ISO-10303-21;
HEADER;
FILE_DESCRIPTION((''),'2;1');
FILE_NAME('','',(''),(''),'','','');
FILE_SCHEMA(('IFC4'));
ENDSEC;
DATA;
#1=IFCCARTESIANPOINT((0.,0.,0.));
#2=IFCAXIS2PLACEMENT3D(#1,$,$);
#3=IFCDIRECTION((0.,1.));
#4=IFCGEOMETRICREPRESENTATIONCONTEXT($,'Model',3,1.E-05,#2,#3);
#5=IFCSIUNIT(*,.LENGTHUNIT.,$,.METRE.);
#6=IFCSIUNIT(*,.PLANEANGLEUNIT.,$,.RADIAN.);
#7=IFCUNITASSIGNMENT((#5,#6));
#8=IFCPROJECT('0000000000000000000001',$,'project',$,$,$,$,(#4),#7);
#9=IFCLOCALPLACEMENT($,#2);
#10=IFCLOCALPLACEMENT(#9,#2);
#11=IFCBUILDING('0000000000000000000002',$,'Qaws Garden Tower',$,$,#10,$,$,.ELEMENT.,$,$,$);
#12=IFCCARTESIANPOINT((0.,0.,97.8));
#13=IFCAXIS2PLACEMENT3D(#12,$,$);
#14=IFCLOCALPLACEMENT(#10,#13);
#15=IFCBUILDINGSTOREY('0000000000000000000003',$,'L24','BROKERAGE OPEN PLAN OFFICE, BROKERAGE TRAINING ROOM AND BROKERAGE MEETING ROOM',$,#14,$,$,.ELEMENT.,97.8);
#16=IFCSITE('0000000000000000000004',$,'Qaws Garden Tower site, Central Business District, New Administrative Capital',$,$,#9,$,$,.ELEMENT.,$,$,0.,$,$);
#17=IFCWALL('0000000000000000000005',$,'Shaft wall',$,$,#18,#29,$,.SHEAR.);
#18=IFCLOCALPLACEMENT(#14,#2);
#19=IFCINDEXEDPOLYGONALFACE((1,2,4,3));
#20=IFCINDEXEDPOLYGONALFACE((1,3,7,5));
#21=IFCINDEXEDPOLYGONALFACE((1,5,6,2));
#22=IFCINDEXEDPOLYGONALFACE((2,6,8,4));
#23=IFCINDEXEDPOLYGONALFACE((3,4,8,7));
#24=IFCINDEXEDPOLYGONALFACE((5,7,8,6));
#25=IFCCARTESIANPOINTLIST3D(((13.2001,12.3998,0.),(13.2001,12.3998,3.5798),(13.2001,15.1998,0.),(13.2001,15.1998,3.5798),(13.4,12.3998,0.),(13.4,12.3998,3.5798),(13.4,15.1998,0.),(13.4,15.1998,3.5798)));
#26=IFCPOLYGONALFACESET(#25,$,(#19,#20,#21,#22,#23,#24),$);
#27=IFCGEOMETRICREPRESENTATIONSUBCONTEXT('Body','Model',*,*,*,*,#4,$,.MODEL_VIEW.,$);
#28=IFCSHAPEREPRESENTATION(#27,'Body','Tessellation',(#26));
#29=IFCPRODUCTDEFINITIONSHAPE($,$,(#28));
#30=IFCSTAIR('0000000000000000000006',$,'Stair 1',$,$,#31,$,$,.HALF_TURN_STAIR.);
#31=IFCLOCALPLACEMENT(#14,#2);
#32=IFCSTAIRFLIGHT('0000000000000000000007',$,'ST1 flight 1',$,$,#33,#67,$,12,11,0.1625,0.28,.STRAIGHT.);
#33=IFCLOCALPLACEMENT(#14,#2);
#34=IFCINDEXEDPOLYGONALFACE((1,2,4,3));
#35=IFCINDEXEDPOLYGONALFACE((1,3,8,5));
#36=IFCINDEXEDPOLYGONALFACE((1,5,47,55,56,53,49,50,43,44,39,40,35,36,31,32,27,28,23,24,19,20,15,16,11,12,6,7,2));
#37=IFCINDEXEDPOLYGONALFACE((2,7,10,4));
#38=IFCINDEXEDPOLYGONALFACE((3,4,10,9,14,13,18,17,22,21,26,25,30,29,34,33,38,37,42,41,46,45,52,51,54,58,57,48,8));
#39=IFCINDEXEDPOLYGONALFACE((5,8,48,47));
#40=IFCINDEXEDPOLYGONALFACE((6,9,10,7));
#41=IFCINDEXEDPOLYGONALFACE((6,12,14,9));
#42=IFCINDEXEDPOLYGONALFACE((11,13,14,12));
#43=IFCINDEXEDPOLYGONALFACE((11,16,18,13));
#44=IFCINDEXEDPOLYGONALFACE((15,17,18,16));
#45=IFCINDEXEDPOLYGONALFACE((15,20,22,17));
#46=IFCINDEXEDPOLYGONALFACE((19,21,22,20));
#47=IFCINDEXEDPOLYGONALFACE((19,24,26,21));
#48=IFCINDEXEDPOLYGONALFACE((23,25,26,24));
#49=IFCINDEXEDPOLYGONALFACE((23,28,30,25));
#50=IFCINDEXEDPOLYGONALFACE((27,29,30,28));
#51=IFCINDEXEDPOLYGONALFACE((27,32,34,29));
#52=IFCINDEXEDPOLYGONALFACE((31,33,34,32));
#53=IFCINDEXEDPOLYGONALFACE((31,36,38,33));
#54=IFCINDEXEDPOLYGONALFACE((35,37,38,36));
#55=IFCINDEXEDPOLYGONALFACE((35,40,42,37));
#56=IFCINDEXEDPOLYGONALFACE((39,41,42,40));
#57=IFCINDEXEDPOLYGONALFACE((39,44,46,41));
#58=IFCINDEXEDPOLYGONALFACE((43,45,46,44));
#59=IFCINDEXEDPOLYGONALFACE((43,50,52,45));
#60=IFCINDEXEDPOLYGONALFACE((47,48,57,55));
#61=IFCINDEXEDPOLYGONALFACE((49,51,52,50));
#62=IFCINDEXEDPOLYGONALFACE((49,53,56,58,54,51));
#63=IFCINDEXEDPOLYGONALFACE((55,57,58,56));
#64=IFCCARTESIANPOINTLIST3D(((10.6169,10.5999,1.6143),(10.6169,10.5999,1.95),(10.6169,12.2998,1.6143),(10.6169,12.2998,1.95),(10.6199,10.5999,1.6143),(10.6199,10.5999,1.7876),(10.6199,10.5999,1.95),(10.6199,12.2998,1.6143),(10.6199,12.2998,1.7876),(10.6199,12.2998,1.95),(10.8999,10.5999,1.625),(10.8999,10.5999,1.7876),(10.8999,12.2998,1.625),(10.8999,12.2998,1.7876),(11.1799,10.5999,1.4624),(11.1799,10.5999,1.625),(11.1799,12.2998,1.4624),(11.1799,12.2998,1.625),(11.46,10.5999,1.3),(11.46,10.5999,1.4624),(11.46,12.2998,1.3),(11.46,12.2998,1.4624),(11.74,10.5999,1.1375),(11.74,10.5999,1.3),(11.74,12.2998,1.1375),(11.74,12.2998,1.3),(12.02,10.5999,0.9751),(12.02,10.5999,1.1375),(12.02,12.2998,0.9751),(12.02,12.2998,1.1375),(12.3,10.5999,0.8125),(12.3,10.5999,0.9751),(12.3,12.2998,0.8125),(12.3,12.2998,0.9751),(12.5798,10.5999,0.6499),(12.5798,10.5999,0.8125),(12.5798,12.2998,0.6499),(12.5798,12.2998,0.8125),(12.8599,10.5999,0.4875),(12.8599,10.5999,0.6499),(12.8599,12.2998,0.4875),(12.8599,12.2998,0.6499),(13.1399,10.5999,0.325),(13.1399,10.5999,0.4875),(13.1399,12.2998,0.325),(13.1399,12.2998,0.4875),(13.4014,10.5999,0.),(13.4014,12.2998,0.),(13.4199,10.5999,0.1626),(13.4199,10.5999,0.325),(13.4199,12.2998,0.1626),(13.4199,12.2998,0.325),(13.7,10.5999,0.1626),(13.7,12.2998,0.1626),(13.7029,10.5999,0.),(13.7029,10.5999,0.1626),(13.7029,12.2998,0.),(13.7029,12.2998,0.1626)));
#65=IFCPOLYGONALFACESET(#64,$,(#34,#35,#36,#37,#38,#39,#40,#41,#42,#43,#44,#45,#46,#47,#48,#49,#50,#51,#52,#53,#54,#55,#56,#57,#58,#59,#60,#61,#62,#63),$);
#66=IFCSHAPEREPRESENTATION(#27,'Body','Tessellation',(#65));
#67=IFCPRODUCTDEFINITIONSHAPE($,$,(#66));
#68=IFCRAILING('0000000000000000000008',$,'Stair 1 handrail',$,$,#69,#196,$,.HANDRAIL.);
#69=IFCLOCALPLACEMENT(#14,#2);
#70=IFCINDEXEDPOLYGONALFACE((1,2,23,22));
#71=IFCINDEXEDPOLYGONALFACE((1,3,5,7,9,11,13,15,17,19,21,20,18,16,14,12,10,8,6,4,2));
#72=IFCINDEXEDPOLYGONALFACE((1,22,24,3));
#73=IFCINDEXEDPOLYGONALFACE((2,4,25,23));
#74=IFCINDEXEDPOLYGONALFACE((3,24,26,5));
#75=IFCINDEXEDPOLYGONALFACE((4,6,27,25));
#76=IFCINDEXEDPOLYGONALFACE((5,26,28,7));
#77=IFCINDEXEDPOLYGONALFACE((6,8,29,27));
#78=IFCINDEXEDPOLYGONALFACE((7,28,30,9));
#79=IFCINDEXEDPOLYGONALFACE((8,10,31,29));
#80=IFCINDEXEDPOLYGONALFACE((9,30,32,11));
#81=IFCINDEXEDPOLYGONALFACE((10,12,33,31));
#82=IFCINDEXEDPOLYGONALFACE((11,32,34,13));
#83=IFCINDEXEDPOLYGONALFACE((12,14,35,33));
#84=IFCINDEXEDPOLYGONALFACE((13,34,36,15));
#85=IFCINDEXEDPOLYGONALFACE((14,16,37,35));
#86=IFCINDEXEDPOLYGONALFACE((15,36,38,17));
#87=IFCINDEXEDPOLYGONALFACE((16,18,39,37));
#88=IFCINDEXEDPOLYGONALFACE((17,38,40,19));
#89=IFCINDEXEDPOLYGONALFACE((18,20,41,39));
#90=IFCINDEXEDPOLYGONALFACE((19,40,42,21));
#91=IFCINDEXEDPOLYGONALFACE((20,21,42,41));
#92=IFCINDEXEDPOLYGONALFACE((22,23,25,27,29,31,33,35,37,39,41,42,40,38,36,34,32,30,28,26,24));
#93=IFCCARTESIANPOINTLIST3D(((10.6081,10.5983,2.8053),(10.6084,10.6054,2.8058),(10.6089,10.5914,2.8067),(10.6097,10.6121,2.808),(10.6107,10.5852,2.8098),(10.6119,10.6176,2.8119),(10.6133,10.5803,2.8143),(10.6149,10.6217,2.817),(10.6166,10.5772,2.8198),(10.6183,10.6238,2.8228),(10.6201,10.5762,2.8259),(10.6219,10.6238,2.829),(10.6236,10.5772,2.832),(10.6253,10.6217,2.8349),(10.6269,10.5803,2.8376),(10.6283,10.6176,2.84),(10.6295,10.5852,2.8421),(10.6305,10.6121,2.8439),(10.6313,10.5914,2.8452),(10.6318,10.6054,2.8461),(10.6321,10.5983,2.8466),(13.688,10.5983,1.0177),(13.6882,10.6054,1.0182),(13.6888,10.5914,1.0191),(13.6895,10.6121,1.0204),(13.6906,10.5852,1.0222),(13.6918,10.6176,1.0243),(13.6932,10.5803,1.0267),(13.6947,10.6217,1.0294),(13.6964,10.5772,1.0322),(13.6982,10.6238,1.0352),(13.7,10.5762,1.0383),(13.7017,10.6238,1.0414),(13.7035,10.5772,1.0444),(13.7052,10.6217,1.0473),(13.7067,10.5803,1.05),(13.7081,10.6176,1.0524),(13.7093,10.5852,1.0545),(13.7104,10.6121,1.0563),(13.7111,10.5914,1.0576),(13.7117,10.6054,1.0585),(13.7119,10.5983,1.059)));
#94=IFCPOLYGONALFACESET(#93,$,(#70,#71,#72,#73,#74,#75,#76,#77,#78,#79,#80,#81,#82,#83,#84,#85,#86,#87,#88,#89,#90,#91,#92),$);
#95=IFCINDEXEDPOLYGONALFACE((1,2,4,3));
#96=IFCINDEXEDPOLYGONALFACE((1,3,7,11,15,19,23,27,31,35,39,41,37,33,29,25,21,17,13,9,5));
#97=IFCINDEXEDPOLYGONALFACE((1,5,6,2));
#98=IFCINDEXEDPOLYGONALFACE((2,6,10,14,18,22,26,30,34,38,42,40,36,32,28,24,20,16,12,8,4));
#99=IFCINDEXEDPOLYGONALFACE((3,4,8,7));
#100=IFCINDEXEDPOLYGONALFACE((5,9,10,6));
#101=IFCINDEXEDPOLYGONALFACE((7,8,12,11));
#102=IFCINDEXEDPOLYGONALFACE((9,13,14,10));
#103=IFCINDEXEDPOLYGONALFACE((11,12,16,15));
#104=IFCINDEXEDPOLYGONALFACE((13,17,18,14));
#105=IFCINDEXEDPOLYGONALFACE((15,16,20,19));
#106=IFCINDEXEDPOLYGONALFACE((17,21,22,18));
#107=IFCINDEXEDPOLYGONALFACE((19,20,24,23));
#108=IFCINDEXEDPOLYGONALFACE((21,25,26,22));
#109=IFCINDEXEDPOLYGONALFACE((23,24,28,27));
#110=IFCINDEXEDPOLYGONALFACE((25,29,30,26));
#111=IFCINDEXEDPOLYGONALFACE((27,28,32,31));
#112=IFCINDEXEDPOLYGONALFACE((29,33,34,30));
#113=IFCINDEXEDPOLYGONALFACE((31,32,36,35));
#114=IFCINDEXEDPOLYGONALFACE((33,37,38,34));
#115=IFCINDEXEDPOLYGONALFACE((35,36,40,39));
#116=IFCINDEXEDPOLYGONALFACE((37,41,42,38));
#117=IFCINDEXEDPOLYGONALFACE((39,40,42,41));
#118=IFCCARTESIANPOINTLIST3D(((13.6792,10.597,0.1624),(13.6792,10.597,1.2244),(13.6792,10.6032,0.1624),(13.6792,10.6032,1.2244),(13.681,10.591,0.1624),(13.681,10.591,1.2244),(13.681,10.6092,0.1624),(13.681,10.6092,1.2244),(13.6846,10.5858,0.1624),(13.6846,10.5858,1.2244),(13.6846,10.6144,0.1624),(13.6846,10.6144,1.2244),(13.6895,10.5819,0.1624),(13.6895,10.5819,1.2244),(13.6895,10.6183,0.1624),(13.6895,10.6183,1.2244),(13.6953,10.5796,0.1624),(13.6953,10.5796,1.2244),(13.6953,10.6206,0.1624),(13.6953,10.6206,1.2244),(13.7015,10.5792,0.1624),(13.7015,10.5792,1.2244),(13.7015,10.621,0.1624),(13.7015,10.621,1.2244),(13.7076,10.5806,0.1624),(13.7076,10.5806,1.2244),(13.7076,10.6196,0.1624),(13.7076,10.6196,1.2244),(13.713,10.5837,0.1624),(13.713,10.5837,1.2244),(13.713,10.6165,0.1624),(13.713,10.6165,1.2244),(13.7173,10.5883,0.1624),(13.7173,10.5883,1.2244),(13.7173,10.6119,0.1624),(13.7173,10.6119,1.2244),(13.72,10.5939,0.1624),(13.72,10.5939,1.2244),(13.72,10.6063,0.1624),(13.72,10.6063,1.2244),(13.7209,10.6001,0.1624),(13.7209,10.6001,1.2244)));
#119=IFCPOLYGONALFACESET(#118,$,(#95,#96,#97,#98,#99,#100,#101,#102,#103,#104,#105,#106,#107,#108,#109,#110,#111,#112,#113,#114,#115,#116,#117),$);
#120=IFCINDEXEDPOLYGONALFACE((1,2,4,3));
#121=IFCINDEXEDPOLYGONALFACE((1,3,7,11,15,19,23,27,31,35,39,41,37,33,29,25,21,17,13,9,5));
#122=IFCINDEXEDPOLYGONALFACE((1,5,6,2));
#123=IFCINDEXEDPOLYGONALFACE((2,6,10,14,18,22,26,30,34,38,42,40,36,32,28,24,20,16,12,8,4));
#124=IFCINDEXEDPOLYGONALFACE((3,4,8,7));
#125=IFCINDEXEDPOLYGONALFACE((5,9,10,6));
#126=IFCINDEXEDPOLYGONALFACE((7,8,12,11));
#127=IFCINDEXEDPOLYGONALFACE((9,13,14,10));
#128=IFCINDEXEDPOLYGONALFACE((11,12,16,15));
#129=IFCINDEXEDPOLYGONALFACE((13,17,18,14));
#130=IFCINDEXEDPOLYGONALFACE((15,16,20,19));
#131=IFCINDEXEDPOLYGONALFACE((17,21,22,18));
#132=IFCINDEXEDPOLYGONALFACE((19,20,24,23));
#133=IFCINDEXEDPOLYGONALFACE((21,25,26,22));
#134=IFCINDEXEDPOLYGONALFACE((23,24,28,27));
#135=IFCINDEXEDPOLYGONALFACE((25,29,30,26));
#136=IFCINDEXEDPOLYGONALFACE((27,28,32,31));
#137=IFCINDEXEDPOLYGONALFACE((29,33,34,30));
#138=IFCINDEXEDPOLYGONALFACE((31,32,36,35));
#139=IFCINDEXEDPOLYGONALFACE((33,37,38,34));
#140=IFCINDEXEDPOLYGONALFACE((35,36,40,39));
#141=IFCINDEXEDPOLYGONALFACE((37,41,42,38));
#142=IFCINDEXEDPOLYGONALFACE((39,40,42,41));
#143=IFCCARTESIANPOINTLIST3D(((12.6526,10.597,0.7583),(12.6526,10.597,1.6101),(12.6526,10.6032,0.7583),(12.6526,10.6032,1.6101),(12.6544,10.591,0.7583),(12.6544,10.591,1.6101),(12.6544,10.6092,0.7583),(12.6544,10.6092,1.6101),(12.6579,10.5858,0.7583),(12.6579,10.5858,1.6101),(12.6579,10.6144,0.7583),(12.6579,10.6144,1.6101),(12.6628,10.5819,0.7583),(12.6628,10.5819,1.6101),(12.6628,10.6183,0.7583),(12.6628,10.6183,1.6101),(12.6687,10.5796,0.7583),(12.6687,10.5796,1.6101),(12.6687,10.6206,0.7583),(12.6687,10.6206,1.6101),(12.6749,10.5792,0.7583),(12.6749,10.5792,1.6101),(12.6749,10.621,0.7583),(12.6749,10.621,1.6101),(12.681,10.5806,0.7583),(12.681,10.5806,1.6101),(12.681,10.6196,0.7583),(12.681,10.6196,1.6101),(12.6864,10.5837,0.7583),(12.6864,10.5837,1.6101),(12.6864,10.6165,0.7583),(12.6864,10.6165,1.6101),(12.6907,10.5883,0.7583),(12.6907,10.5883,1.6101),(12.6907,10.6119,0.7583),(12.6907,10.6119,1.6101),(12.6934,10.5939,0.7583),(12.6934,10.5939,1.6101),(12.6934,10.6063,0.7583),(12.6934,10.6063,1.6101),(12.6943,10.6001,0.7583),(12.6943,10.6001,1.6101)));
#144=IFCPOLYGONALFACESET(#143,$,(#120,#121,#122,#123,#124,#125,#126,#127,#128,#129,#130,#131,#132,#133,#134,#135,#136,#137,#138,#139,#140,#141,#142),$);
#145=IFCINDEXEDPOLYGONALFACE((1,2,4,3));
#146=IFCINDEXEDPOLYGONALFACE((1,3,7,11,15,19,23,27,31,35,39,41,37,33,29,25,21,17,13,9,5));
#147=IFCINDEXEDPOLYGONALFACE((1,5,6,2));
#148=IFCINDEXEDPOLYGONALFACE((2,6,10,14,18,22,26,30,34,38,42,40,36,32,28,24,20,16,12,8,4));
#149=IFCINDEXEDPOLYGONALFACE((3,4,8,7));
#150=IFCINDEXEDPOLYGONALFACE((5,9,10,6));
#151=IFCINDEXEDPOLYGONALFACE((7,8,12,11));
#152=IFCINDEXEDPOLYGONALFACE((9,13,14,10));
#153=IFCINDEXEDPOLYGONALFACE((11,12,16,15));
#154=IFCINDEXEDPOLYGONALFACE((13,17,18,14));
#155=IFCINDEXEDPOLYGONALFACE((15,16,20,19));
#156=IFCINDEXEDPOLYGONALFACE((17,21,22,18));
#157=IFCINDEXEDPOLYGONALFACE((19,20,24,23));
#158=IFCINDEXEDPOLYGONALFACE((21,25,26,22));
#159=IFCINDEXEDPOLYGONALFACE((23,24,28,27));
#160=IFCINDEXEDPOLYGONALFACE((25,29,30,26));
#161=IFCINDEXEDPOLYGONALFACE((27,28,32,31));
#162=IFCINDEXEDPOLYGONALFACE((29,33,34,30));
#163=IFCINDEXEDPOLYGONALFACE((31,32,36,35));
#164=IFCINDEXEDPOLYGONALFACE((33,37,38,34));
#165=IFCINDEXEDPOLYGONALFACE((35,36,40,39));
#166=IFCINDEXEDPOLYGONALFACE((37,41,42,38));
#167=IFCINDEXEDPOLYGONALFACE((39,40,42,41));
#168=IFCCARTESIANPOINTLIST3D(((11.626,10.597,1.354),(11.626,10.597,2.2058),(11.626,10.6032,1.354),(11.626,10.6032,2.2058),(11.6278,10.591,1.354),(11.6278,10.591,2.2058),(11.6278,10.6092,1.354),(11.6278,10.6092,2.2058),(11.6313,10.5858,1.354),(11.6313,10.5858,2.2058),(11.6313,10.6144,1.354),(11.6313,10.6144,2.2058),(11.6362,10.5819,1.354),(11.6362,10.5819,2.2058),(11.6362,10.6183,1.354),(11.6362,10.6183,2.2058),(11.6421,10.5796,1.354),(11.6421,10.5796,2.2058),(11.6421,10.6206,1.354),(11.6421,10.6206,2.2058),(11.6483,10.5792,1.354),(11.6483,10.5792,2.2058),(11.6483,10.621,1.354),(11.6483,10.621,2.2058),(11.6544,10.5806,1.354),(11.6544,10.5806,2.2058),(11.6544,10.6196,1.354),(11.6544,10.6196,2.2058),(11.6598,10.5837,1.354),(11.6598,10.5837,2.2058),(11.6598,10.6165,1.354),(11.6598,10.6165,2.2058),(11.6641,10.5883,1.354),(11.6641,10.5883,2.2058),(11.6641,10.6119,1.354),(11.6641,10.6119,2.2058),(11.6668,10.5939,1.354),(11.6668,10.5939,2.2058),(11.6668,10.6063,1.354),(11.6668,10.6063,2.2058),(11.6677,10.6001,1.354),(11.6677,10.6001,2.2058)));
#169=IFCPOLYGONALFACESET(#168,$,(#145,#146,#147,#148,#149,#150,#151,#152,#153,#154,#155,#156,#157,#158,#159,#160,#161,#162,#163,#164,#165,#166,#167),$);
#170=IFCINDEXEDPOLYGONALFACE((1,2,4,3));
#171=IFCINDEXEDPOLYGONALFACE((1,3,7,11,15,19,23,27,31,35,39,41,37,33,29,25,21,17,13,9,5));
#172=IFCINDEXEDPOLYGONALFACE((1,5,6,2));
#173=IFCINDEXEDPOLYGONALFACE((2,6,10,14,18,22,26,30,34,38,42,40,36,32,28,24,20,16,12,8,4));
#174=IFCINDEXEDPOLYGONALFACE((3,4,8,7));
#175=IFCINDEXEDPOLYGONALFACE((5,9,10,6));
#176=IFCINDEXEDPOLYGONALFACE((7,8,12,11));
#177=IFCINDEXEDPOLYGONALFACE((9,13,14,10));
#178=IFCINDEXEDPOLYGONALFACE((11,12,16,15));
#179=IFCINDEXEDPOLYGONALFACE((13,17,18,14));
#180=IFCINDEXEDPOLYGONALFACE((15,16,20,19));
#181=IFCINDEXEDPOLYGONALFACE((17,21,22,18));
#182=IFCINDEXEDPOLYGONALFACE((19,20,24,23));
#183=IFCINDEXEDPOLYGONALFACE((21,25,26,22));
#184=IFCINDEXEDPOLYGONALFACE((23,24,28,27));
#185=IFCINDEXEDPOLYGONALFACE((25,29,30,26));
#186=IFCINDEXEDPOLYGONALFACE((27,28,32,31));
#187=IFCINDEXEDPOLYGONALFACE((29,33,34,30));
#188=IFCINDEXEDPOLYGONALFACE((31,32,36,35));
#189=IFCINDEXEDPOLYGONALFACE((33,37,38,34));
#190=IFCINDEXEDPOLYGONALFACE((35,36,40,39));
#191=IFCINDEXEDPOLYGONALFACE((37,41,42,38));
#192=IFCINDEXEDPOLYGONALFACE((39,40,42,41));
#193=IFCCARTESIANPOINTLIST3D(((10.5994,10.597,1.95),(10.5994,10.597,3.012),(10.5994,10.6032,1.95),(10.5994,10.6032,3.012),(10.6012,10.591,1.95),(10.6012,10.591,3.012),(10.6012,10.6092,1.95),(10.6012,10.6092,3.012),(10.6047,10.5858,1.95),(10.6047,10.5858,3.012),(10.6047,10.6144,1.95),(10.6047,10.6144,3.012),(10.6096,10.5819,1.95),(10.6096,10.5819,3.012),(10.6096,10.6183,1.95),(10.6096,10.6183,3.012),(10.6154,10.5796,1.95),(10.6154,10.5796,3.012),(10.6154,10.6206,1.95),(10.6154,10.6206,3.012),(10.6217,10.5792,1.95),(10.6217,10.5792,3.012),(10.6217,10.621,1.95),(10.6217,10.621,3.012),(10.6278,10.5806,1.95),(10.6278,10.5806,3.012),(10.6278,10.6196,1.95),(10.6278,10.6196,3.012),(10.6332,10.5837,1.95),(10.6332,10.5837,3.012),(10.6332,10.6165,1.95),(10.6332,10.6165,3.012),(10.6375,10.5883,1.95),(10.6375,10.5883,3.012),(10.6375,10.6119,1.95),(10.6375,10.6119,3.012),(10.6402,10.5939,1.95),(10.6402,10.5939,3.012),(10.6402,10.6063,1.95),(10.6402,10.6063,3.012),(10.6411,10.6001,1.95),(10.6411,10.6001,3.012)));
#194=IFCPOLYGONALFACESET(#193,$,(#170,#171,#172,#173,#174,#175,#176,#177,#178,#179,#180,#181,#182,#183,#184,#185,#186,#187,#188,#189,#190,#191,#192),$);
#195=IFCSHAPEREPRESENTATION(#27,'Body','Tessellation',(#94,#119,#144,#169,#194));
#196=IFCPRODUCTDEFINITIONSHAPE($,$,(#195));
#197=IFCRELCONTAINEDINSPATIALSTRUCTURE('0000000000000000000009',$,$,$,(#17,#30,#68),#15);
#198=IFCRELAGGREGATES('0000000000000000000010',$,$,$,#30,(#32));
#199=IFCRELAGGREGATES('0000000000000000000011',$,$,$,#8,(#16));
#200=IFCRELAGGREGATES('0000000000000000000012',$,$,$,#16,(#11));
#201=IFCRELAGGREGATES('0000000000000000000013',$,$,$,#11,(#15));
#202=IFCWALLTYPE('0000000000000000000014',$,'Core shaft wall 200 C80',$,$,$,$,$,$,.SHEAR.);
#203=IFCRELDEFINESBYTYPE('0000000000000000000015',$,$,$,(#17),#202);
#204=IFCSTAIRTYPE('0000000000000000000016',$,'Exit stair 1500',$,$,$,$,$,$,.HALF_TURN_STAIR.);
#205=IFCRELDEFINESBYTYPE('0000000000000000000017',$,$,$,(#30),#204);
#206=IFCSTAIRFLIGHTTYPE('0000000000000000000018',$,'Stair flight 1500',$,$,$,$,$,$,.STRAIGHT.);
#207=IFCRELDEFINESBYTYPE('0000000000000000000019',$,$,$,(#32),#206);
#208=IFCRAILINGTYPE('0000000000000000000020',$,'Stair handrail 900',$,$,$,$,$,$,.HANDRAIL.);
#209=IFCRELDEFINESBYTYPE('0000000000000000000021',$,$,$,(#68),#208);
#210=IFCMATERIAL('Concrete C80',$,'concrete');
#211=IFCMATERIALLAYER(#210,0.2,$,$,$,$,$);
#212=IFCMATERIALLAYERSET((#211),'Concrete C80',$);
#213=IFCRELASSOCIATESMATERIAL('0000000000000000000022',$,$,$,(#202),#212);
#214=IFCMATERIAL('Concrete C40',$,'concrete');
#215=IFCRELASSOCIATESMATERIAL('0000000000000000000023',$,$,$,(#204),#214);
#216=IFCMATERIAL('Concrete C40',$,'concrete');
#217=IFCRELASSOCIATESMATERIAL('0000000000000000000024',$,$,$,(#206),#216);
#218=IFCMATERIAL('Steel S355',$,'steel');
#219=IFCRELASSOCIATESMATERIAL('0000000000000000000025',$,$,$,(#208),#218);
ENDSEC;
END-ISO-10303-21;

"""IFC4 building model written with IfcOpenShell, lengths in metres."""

from ifc_helpers import new_model, si_unit, direction, frame, frame_2d, origin, origin_2d, place, context, subcontext, project, spatial, polyline, rectangle, circle, outline, extrude, material, layer, layer_set, type_object, element, aggregate, save


model = new_model("IFC4")

# Units and contexts
model_context = context("Model", 3, precision=1e-05, world=origin(), true_north=direction((0.0, 1.0)))
body_context = subcontext(model_context, "Body", "Model", "MODEL_VIEW")
ifc_project = project(units=[si_unit("LENGTHUNIT", "METRE"), si_unit("PLANEANGLEUNIT", "RADIAN")], contexts=[model_context])

# Site, building, storey
site_placement = place(None, origin())
site = spatial("IfcSite", under=ifc_project, at=site_placement, Name="Qaws Garden Tower site, Central Business District, New Administrative Capital", CompositionType="ELEMENT", RefElevation=0.0)
building_placement = place(site_placement, origin())
building = spatial("IfcBuilding", under=site, at=building_placement, Name="Qaws Garden Tower", CompositionType="ELEMENT")
storey_placement = place(building_placement, frame((0.0, 0.0, 97.8)))
storey = spatial("IfcBuildingStorey", under=building, at=storey_placement, Name="L24", Description="BROKERAGE OPEN PLAN OFFICE, BROKERAGE TRAINING ROOM AND BROKERAGE MEETING ROOM", CompositionType="ELEMENT", Elevation=97.8)

# Shared definitions
ifc_material_1 = material(Name="Concrete C80", Category="concrete")
ifc_layer_1 = layer(ifc_material_1, 0.2)
ifc_layer_set_1 = layer_set([ifc_layer_1], Name="Concrete C80")
wall_type_1 = type_object("IfcWallType", Name="Core shaft wall 200 C80", PredefinedType="SHEAR", material=ifc_layer_set_1)

# Wall
wall_1_placement = place(storey_placement, frame((13.3, 12.3999, 0.0), z_axis=(0.0, 0.0, 1.0), x_axis=(0.0, 1.0, 0.0)))
element("IfcWall", 1, at=wall_1_placement, inside=storey, type_object=wall_type_1, Name="Shaft wall", PredefinedType="SHEAR", context=body_context, shape_type="SweptSolid", body=[
    extrude(rectangle(XDim=2.8, YDim=0.2, at=frame_2d((1.3999, 0.0))), origin(), (0.0, 0.0, 1.0), 3.5798),
])

# Stair, stair flight
ifc_material_2 = material(Name="Concrete C40", Category="concrete")
stair_type = type_object("IfcStairType", Name="Exit stair 1500", PredefinedType="HALF_TURN_STAIR", material=ifc_material_2)
stair_placement = place(storey_placement, origin())
stair = element("IfcStair", 2, at=stair_placement, inside=storey, type_object=stair_type, Name="Stair 1", PredefinedType="HALF_TURN_STAIR")
ifc_material_3 = material(Name="Concrete C40", Category="concrete")
stair_flight_type = type_object("IfcStairFlightType", Name="Stair flight 1500", PredefinedType="STRAIGHT", material=ifc_material_3)
stair_flight_placement = place(storey_placement, frame((13.7, 11.45, 0.0), z_axis=(0.0, 0.0, 1.0), x_axis=(-1.0, 0.0, 0.0)))
stair_flight = element("IfcStairFlight", 3, at=stair_flight_placement, type_object=stair_flight_type, Name="ST1 flight 1", NumberOfRisers=12, NumberOfTreads=11, PredefinedType="STRAIGHT", RiserHeight=0.1625, TreadLength=0.28, context=body_context, shape_type="SweptSolid", body=[
    extrude(outline(polyline([(-0.0029, 0.0), (-0.0029, 0.1626), (0.0, 0.1626), (0.28, 0.1626), (0.28, 0.325), (0.5601, 0.325), (0.5601, 0.4875), (0.8401, 0.4875), (0.8401, 0.6499), (1.1201, 0.6499), (1.1201, 0.8125), (1.3999, 0.8125), (1.3999, 0.9751), (1.6799, 0.9751), (1.6799, 1.1375), (1.96, 1.1375), (1.96, 1.3), (2.24, 1.3), (2.24, 1.4624), (2.52, 1.4624), (2.52, 1.625), (2.8, 1.625), (2.8, 1.7876), (3.0801, 1.7876), (3.0801, 1.95), (3.083, 1.95), (3.083, 1.6143), (3.0801, 1.6143), (0.2986, 0.0), (-0.0029, 0.0)])), frame((0.0, 0.8501, 0.0), z_axis=(0.0, -1.0, 0.0), x_axis=(1.0, 0.0, 0.0)), (0.0, 0.0, 1.0), 1.7),
])
aggregate(stair, [stair_flight])

# Railing
ifc_material_4 = material(Name="Steel S355", Category="steel")
railing_type = type_object("IfcRailingType", Name="Stair handrail 900", PredefinedType="HANDRAIL", material=ifc_material_4)
railing_1_placement = place(storey_placement, frame((13.7, 10.6001, 0.1624)))
element("IfcRailing", 4, at=railing_1_placement, inside=storey, type_object=railing_type, Name="Stair 1 handrail", PredefinedType="HANDRAIL", context=body_context, shape_type="SweptSolid", body=[
    extrude(circle(Radius=0.0239, at=origin_2d()), frame((0.0, 0.0, 0.876), z_axis=(-0.864873, 0.0, 0.50199), x_axis=(0.0, -1.0, 0.0)), (0.0, 0.0, 1.0), 3.561),
    extrude(circle(Radius=0.021, at=origin_2d()), origin(), (0.0, 0.0, 1.0), 1.062),
    extrude(circle(Radius=0.021, at=origin_2d()), frame((-1.0266, 0.0, 0.5959)), (0.0, 0.0, 1.0), 0.8518),
    extrude(circle(Radius=0.021, at=origin_2d()), frame((-2.0532, 0.0, 1.1917)), (0.0, 0.0, 1.0), 0.8518),
    extrude(circle(Radius=0.021, at=origin_2d()), frame((-3.0798, 0.0, 1.7876)), (0.0, 0.0, 1.0), 1.062),
])

save(model, "model.ifc")
